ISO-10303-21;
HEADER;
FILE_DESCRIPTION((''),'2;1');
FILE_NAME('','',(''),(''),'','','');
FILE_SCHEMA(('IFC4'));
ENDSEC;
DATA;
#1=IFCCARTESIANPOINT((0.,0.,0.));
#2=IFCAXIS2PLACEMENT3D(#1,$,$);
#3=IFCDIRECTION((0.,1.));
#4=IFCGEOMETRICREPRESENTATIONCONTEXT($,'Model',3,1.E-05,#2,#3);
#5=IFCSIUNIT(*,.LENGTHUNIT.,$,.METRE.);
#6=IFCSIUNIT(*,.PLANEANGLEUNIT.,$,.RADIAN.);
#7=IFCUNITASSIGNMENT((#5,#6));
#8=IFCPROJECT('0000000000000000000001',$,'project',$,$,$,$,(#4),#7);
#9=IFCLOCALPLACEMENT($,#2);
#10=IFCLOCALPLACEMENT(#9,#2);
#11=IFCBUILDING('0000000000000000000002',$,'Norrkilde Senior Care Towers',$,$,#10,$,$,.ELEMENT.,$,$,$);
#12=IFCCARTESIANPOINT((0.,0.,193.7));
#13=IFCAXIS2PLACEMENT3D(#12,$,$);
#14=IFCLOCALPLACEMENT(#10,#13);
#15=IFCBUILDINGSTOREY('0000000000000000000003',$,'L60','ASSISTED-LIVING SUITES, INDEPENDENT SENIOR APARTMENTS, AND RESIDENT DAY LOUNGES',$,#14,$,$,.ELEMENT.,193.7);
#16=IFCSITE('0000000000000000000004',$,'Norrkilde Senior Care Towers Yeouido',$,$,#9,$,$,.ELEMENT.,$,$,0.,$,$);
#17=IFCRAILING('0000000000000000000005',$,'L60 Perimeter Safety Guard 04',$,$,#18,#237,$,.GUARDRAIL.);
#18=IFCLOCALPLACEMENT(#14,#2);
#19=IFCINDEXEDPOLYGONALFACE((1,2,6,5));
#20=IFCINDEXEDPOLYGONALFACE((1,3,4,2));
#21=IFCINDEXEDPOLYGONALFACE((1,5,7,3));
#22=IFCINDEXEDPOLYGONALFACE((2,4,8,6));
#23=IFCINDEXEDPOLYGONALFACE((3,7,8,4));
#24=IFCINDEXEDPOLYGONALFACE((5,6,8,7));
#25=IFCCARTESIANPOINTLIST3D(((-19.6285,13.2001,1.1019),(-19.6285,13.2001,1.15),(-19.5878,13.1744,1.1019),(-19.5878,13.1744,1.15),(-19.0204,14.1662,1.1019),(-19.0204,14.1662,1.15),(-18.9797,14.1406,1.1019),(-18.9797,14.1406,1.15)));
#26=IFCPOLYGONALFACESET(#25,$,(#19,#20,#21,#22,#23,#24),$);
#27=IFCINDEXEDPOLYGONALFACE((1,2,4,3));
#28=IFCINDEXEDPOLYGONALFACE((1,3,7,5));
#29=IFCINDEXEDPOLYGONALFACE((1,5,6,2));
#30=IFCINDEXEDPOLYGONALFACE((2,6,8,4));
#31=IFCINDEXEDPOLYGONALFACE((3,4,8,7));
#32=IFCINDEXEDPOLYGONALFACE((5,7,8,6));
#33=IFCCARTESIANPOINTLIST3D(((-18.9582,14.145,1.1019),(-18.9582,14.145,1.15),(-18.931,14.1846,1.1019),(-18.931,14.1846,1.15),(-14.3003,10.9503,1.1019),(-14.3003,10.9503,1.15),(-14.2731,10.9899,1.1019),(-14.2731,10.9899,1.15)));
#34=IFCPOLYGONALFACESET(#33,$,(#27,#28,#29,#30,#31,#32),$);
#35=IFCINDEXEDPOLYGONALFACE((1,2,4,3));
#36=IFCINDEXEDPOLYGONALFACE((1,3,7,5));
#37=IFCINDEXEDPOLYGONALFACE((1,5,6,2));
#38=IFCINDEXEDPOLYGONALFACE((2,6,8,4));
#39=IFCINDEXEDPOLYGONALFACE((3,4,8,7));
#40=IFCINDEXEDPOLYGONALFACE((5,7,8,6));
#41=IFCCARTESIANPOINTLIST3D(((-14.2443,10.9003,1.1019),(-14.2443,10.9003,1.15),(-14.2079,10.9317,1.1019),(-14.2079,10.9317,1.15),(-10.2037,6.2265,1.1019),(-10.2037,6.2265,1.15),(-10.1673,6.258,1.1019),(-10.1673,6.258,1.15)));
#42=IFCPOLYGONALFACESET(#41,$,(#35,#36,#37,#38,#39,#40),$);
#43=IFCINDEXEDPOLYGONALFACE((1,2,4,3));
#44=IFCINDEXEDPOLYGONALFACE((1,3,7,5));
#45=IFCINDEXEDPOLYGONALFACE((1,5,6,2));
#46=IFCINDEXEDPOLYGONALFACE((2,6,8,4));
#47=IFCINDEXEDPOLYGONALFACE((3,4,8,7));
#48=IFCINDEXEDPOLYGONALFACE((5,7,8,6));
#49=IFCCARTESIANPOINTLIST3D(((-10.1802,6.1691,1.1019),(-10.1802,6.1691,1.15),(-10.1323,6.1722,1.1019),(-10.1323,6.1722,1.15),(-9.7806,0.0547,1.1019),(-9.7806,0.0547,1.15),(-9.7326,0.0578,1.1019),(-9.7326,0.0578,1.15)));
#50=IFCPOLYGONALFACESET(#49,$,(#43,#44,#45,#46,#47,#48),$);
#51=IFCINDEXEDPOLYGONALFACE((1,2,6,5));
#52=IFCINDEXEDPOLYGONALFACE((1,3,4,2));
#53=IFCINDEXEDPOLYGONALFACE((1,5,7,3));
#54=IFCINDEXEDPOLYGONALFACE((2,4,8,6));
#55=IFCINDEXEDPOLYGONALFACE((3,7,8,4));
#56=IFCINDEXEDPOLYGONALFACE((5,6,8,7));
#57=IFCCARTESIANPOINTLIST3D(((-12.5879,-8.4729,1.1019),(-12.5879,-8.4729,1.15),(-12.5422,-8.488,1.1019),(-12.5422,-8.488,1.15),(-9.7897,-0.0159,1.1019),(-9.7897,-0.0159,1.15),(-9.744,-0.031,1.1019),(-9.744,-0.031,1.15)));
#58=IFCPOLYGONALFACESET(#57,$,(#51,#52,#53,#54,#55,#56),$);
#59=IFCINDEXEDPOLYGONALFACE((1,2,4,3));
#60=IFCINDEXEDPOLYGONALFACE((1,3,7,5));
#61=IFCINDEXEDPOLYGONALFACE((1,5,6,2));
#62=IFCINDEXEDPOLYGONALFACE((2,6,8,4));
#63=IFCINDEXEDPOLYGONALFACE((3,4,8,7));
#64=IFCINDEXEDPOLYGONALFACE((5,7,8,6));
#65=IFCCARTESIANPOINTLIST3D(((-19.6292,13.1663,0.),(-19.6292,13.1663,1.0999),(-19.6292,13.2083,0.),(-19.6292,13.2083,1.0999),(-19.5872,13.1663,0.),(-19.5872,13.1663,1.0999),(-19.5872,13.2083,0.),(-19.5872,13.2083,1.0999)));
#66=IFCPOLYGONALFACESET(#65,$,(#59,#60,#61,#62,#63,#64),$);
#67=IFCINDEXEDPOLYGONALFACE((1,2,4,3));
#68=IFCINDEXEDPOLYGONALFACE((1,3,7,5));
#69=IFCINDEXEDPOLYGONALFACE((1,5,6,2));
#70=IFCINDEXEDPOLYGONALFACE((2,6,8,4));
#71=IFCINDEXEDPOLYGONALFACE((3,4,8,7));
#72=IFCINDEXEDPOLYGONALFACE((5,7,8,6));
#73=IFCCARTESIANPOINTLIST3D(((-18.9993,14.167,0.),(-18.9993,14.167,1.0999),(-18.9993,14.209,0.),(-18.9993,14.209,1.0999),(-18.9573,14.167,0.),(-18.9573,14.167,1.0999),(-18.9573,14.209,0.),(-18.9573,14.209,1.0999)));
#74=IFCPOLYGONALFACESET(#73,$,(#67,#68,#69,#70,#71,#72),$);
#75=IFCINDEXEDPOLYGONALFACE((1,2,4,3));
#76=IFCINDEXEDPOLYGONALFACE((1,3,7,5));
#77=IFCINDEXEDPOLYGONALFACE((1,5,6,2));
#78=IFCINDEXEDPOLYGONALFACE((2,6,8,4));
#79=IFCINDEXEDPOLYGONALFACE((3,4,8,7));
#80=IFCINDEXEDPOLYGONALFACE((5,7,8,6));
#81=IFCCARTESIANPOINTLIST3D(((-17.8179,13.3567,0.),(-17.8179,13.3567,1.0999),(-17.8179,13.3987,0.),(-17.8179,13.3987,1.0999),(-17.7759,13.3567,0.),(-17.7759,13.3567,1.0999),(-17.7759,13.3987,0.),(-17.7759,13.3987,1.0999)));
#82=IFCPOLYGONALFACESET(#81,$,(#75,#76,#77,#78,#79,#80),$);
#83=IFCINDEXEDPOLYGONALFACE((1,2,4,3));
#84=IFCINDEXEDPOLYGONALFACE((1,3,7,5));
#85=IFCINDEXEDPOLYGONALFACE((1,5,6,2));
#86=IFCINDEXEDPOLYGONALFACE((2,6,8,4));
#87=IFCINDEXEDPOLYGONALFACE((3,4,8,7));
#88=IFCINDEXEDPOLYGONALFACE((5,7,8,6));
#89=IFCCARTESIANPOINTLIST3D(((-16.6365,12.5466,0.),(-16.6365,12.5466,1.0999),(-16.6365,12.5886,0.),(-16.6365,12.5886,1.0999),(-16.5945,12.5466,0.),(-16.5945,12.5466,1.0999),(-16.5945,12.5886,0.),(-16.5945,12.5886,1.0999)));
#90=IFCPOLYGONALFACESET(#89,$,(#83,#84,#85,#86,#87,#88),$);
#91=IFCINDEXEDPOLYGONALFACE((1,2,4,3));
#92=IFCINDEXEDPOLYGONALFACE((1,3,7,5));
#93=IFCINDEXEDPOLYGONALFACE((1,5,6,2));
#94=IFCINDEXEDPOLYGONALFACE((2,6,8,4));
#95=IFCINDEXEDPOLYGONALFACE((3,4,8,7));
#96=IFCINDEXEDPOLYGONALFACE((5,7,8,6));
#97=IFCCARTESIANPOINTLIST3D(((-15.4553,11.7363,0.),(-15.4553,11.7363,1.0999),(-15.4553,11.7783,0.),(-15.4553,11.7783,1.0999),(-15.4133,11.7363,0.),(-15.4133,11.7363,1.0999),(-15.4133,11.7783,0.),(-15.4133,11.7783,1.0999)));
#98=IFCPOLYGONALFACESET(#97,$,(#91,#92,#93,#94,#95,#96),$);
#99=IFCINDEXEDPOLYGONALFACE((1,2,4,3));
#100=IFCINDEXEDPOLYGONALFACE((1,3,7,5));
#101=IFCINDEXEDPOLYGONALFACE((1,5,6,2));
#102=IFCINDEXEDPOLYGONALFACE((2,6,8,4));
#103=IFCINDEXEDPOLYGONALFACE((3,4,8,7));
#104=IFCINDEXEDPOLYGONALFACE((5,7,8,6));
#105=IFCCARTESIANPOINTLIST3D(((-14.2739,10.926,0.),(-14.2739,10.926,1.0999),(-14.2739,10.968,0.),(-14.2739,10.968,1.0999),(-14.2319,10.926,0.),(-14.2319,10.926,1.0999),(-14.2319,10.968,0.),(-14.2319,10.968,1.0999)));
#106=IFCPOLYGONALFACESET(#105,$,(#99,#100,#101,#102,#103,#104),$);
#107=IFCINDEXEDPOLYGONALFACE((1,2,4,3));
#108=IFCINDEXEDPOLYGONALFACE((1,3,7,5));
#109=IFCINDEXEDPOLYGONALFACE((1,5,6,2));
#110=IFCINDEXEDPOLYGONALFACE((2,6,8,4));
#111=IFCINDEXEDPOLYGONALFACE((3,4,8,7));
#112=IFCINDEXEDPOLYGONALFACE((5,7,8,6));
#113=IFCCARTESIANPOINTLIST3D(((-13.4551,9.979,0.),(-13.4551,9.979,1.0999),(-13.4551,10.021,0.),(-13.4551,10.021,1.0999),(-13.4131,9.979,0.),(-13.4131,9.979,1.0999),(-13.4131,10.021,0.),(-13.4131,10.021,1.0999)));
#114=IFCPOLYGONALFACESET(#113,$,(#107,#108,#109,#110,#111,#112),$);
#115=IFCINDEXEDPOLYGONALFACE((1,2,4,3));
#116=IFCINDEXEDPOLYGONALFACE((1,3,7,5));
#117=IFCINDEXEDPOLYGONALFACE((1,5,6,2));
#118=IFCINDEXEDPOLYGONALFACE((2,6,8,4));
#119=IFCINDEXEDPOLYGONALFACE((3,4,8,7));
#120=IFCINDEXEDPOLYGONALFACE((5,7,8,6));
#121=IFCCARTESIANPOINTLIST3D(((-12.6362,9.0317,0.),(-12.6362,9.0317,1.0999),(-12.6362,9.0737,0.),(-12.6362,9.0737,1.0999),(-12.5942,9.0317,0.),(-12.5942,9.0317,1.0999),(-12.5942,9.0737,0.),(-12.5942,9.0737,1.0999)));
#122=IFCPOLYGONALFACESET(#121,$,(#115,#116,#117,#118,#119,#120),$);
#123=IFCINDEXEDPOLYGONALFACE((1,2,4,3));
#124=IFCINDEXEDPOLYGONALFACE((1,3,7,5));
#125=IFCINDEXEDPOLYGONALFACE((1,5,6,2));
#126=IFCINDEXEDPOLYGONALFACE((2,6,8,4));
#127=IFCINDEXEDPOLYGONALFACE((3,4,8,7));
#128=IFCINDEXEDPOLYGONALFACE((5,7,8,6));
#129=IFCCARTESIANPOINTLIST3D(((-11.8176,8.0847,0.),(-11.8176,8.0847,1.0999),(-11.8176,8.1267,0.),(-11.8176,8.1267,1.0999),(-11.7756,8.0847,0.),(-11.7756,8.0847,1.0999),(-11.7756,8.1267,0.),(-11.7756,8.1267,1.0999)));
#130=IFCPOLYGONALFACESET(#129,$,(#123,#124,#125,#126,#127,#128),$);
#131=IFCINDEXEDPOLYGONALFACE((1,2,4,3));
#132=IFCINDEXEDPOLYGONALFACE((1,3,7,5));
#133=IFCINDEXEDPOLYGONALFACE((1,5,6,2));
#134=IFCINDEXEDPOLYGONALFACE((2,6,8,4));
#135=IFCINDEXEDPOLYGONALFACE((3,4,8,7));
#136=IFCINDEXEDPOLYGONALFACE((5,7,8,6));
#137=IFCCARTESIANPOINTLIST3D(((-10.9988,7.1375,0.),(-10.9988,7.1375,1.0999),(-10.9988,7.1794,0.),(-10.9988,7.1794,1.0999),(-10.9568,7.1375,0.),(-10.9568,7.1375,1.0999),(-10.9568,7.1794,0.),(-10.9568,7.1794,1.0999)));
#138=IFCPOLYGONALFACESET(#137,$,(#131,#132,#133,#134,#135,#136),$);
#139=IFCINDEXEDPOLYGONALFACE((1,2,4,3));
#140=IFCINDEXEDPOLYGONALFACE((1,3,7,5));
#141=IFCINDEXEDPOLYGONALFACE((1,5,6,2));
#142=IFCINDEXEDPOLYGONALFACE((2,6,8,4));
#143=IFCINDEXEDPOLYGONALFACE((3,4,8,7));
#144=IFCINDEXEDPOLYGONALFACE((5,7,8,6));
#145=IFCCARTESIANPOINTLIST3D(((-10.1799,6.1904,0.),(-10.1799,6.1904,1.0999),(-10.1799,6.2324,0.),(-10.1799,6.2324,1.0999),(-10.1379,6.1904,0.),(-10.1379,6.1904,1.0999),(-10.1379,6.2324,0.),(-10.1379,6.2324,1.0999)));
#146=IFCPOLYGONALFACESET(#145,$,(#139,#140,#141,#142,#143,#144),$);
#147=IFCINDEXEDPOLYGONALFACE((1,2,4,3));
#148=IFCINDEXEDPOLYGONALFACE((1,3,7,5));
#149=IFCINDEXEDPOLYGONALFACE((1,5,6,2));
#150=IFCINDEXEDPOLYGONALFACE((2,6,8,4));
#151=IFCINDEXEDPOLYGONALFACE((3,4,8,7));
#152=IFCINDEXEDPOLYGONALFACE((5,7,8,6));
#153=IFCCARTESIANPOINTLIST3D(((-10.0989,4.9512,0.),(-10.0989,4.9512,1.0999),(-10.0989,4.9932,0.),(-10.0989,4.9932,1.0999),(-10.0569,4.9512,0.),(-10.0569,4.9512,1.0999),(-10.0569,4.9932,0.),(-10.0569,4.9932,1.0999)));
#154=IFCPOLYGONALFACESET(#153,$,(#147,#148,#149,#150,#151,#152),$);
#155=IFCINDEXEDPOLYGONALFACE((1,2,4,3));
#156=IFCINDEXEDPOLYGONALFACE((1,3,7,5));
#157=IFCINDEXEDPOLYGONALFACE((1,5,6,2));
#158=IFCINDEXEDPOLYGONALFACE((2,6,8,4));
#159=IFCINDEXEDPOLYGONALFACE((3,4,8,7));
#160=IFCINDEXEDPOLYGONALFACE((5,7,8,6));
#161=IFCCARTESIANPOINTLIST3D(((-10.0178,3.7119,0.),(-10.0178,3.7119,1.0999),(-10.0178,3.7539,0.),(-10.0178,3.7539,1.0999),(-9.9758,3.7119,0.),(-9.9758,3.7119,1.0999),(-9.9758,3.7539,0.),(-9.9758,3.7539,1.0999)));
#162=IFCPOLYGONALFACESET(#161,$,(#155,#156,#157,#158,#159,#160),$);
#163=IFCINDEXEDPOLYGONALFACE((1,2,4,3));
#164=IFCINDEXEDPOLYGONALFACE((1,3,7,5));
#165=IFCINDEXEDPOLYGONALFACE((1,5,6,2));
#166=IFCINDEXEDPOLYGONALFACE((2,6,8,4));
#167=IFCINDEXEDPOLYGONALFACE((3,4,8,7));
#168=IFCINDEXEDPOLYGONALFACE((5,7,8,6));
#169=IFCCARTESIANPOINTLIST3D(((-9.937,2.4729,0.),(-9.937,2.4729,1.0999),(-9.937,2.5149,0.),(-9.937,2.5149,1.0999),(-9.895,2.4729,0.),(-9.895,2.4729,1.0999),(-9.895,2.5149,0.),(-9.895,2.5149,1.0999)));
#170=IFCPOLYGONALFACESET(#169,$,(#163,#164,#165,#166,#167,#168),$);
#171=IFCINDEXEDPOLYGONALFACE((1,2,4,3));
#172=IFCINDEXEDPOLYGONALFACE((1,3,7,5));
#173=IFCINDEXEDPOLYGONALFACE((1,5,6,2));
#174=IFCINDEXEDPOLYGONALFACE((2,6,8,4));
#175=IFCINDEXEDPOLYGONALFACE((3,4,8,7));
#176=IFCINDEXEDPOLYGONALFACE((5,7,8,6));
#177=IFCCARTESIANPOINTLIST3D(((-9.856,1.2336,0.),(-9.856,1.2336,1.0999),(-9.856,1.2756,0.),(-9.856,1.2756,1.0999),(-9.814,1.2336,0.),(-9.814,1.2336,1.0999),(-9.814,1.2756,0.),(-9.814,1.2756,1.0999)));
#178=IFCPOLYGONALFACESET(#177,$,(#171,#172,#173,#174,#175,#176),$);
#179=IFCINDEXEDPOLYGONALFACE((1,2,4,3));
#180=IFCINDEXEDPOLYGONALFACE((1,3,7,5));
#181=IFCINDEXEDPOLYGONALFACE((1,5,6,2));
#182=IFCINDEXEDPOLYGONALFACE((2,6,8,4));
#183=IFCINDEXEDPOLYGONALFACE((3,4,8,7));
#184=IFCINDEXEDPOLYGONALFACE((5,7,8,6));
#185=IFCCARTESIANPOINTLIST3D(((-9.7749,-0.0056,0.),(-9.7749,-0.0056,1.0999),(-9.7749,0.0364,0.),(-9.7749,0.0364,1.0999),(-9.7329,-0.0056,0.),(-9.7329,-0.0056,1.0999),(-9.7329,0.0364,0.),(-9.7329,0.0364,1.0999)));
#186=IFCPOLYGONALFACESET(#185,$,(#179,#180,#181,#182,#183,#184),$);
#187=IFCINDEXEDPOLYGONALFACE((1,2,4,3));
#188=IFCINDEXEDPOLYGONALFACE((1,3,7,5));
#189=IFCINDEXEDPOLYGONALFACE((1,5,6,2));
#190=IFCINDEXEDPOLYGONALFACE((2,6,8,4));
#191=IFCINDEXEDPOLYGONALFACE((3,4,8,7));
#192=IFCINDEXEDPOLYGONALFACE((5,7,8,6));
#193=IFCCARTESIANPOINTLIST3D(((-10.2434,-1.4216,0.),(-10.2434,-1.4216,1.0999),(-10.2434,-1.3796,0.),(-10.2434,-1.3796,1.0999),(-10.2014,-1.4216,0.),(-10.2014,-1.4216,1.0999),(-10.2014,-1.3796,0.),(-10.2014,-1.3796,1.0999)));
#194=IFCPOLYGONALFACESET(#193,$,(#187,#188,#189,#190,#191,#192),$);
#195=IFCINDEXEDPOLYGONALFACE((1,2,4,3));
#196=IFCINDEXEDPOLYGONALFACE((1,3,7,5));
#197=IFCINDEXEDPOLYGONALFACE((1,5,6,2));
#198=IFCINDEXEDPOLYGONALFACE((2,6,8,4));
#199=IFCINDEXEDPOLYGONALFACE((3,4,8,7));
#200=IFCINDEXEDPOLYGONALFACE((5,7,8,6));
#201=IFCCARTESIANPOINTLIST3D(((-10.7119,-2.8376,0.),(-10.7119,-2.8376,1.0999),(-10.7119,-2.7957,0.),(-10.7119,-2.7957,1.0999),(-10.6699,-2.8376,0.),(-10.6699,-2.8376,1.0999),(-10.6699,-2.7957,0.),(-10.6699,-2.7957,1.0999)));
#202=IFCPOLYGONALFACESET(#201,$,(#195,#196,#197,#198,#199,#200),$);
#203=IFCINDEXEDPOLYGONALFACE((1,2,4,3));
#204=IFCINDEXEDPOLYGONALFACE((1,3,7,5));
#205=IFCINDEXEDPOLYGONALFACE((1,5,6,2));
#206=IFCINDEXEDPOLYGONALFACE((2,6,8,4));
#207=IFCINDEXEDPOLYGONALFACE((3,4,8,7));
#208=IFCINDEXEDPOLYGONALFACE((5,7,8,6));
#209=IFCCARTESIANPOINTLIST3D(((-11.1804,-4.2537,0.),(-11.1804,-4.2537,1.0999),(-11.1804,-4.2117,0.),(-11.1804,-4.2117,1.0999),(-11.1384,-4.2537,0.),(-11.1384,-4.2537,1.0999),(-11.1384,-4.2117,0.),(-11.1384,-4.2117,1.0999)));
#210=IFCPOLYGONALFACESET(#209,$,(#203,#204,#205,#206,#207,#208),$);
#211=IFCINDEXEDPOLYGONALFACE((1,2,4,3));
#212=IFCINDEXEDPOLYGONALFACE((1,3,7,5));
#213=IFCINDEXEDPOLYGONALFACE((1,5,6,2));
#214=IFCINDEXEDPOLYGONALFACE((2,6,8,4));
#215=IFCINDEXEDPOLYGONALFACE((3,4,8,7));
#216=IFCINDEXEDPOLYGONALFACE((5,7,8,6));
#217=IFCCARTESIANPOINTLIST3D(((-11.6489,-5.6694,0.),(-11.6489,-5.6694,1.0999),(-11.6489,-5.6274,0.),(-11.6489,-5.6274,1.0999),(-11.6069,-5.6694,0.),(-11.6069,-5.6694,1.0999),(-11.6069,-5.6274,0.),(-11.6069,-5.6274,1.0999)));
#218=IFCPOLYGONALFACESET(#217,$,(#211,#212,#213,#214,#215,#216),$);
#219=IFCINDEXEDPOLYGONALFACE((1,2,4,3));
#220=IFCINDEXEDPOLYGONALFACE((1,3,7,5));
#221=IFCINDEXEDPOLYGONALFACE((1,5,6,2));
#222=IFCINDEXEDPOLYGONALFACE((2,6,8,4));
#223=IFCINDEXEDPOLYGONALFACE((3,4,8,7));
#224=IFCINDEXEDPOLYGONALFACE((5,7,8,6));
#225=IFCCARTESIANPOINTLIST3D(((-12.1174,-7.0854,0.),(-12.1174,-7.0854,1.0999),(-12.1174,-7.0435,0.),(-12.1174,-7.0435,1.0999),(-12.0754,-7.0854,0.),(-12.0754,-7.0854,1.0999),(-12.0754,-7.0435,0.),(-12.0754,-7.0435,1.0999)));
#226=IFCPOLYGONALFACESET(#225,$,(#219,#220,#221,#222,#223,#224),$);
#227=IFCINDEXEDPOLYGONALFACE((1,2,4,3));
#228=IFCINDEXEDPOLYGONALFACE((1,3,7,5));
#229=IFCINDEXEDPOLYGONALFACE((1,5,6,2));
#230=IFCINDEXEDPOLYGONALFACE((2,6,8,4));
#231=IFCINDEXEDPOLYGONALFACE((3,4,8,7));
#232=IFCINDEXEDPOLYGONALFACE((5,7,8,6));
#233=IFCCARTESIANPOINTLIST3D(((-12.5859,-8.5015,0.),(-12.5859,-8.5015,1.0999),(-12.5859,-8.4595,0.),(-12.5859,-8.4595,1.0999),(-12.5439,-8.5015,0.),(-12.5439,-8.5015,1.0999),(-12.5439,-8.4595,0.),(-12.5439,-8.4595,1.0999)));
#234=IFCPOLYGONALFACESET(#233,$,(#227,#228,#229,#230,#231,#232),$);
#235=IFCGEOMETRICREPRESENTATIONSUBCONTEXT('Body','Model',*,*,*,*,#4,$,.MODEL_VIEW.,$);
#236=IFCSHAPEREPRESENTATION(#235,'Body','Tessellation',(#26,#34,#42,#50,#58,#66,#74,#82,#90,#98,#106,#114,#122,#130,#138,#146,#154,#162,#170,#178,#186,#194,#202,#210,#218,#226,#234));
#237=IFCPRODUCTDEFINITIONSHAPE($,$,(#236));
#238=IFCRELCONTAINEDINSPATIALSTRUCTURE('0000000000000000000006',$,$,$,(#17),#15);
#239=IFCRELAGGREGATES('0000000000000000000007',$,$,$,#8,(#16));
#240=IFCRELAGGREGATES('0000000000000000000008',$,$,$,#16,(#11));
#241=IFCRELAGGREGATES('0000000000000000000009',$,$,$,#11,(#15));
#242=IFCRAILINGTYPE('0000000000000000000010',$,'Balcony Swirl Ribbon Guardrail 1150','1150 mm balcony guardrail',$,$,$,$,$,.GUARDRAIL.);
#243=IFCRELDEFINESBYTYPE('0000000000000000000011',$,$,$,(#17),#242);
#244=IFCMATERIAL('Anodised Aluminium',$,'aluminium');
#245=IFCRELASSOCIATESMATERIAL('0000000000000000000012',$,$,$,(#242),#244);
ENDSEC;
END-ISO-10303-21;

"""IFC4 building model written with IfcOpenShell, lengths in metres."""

from ifc_helpers import new_model, si_unit, direction, frame, origin, origin_2d, place, context, subcontext, project, spatial, rectangle, extrude, material, type_object, element, save


model = new_model("IFC4")

# Units and contexts
model_context = context("Model", 3, precision=1e-05, world=origin(), true_north=direction((0.0, 1.0)))
body_context = subcontext(model_context, "Body", "Model", "MODEL_VIEW")
ifc_project = project(units=[si_unit("LENGTHUNIT", "METRE"), si_unit("PLANEANGLEUNIT", "RADIAN")], contexts=[model_context])

# Site, building, storey
site_placement = place(None, origin())
site = spatial("IfcSite", under=ifc_project, at=site_placement, Name="Norrkilde Senior Care Towers Yeouido", CompositionType="ELEMENT", RefElevation=0.0)
building_placement = place(site_placement, origin())
building = spatial("IfcBuilding", under=site, at=building_placement, Name="Norrkilde Senior Care Towers", CompositionType="ELEMENT")
storey_placement = place(building_placement, frame((0.0, 0.0, 193.7)))
storey = spatial("IfcBuildingStorey", under=building, at=storey_placement, Name="L60", Description="ASSISTED-LIVING SUITES, INDEPENDENT SENIOR APARTMENTS, AND RESIDENT DAY LOUNGES", CompositionType="ELEMENT", Elevation=193.7)

# Shared definitions
ifc_material_1 = material(Name="Anodised Aluminium", Category="aluminium")

# Railing
railing_type = type_object("IfcRailingType", Name="Balcony Swirl Ribbon Guardrail 1150", Description="1150 mm balcony guardrail", PredefinedType="GUARDRAIL", material=ifc_material_1)
railing_placement = place(storey_placement, frame((-19.6082, 13.1873, 0.0)))
element("IfcRailing", 1, at=railing_placement, inside=storey, type_object=railing_type, Name="L60 Perimeter Safety Guard 04", PredefinedType="GUARDRAIL", context=body_context, shape_type="SweptSolid", body=[
    extrude(rectangle(XDim=0.0481, YDim=0.0481, at=origin_2d()), frame((0.0, 0.0, 1.126), z_axis=(0.532687, 0.846312, 0.0), x_axis=(-0.846312, 0.532687, 0.0)), (0.0, 0.0, 1.0), 1.1416),
    extrude(rectangle(XDim=0.0481, YDim=0.0481, at=origin_2d()), frame((0.6636, 0.9775, 1.126), z_axis=(0.824669, -0.565615, 0.0), x_axis=(0.565615, 0.824669, 0.0)), (0.0, 0.0, 1.0), 5.6482),
    extrude(rectangle(XDim=0.0481, YDim=0.0481, at=origin_2d()), frame((5.3821, -2.2712, 1.126), z_axis=(0.654001, -0.756494, 0.0), x_axis=(0.756494, 0.654001, 0.0)), (0.0, 0.0, 1.0), 6.1782),
    extrude(rectangle(XDim=0.0481, YDim=0.0481, at=origin_2d()), frame((9.4519, -7.0166, 1.126), z_axis=(0.06523, -0.99787, 0.0), x_axis=(0.99787, 0.06523, 0.0)), (0.0, 0.0, 1.0), 6.1274),
    extrude(rectangle(XDim=0.0481, YDim=0.0481, at=origin_2d()), frame((9.8413, -13.2107, 1.126), z_axis=(-0.314124, -0.949382, 0.0), x_axis=(0.949382, -0.314124, 0.0)), (0.0, 0.0, 1.0), 8.908),
    extrude(rectangle(XDim=0.042, YDim=0.042, at=origin_2d()), origin(), (0.0, 0.0, 1.0), 1.0999),
    extrude(rectangle(XDim=0.042, YDim=0.042, at=origin_2d()), frame((0.6299, 1.0007, 0.0)), (0.0, 0.0, 1.0), 1.0999),
    extrude(rectangle(XDim=0.042, YDim=0.042, at=origin_2d()), frame((1.8113, 0.1904, 0.0)), (0.0, 0.0, 1.0), 1.0999),
    extrude(rectangle(XDim=0.042, YDim=0.042, at=origin_2d()), frame((2.9927, -0.6196, 0.0)), (0.0, 0.0, 1.0), 1.0999),
    extrude(rectangle(XDim=0.042, YDim=0.042, at=origin_2d()), frame((4.1738, -1.4299, 0.0)), (0.0, 0.0, 1.0), 1.0999),
    extrude(rectangle(XDim=0.042, YDim=0.042, at=origin_2d()), frame((5.3552, -2.2402, 0.0)), (0.0, 0.0, 1.0), 1.0999),
    extrude(rectangle(XDim=0.042, YDim=0.042, at=origin_2d()), frame((6.1741, -3.1873, 0.0)), (0.0, 0.0, 1.0), 1.0999),
    extrude(rectangle(XDim=0.042, YDim=0.042, at=origin_2d()), frame((6.9929, -4.1345, 0.0)), (0.0, 0.0, 1.0), 1.0999),
    extrude(rectangle(XDim=0.042, YDim=0.042, at=origin_2d()), frame((7.8115, -5.0815, 0.0)), (0.0, 0.0, 1.0), 1.0999),
    extrude(rectangle(XDim=0.042, YDim=0.042, at=origin_2d()), frame((8.6304, -6.0288, 0.0)), (0.0, 0.0, 1.0), 1.0999),
    extrude(rectangle(XDim=0.042, YDim=0.042, at=origin_2d()), frame((9.4492, -6.9758, 0.0)), (0.0, 0.0, 1.0), 1.0999),
    extrude(rectangle(XDim=0.042, YDim=0.042, at=origin_2d()), frame((9.5303, -8.2151, 0.0)), (0.0, 0.0, 1.0), 1.0999),
    extrude(rectangle(XDim=0.042, YDim=0.042, at=origin_2d()), frame((9.6113, -9.4543, 0.0)), (0.0, 0.0, 1.0), 1.0999),
    extrude(rectangle(XDim=0.042, YDim=0.042, at=origin_2d()), frame((9.6921, -10.6934, 0.0)), (0.0, 0.0, 1.0), 1.0999),
    extrude(rectangle(XDim=0.042, YDim=0.042, at=origin_2d()), frame((9.7732, -11.9326, 0.0)), (0.0, 0.0, 1.0), 1.0999),
    extrude(rectangle(XDim=0.042, YDim=0.042, at=origin_2d()), frame((9.8542, -13.1719, 0.0)), (0.0, 0.0, 1.0), 1.0999),
    extrude(rectangle(XDim=0.042, YDim=0.042, at=origin_2d()), frame((9.3857, -14.5879, 0.0)), (0.0, 0.0, 1.0), 1.0999),
    extrude(rectangle(XDim=0.042, YDim=0.042, at=origin_2d()), frame((8.9172, -16.0039, 0.0)), (0.0, 0.0, 1.0), 1.0999),
    extrude(rectangle(XDim=0.042, YDim=0.042, at=origin_2d()), frame((8.4487, -17.4199, 0.0)), (0.0, 0.0, 1.0), 1.0999),
    extrude(rectangle(XDim=0.042, YDim=0.042, at=origin_2d()), frame((7.9802, -18.8357, 0.0)), (0.0, 0.0, 1.0), 1.0999),
    extrude(rectangle(XDim=0.042, YDim=0.042, at=origin_2d()), frame((7.5117, -20.2517, 0.0)), (0.0, 0.0, 1.0), 1.0999),
    extrude(rectangle(XDim=0.042, YDim=0.042, at=origin_2d()), frame((7.0432, -21.6677, 0.0)), (0.0, 0.0, 1.0), 1.0999),
])

save(model, "model.ifc")
